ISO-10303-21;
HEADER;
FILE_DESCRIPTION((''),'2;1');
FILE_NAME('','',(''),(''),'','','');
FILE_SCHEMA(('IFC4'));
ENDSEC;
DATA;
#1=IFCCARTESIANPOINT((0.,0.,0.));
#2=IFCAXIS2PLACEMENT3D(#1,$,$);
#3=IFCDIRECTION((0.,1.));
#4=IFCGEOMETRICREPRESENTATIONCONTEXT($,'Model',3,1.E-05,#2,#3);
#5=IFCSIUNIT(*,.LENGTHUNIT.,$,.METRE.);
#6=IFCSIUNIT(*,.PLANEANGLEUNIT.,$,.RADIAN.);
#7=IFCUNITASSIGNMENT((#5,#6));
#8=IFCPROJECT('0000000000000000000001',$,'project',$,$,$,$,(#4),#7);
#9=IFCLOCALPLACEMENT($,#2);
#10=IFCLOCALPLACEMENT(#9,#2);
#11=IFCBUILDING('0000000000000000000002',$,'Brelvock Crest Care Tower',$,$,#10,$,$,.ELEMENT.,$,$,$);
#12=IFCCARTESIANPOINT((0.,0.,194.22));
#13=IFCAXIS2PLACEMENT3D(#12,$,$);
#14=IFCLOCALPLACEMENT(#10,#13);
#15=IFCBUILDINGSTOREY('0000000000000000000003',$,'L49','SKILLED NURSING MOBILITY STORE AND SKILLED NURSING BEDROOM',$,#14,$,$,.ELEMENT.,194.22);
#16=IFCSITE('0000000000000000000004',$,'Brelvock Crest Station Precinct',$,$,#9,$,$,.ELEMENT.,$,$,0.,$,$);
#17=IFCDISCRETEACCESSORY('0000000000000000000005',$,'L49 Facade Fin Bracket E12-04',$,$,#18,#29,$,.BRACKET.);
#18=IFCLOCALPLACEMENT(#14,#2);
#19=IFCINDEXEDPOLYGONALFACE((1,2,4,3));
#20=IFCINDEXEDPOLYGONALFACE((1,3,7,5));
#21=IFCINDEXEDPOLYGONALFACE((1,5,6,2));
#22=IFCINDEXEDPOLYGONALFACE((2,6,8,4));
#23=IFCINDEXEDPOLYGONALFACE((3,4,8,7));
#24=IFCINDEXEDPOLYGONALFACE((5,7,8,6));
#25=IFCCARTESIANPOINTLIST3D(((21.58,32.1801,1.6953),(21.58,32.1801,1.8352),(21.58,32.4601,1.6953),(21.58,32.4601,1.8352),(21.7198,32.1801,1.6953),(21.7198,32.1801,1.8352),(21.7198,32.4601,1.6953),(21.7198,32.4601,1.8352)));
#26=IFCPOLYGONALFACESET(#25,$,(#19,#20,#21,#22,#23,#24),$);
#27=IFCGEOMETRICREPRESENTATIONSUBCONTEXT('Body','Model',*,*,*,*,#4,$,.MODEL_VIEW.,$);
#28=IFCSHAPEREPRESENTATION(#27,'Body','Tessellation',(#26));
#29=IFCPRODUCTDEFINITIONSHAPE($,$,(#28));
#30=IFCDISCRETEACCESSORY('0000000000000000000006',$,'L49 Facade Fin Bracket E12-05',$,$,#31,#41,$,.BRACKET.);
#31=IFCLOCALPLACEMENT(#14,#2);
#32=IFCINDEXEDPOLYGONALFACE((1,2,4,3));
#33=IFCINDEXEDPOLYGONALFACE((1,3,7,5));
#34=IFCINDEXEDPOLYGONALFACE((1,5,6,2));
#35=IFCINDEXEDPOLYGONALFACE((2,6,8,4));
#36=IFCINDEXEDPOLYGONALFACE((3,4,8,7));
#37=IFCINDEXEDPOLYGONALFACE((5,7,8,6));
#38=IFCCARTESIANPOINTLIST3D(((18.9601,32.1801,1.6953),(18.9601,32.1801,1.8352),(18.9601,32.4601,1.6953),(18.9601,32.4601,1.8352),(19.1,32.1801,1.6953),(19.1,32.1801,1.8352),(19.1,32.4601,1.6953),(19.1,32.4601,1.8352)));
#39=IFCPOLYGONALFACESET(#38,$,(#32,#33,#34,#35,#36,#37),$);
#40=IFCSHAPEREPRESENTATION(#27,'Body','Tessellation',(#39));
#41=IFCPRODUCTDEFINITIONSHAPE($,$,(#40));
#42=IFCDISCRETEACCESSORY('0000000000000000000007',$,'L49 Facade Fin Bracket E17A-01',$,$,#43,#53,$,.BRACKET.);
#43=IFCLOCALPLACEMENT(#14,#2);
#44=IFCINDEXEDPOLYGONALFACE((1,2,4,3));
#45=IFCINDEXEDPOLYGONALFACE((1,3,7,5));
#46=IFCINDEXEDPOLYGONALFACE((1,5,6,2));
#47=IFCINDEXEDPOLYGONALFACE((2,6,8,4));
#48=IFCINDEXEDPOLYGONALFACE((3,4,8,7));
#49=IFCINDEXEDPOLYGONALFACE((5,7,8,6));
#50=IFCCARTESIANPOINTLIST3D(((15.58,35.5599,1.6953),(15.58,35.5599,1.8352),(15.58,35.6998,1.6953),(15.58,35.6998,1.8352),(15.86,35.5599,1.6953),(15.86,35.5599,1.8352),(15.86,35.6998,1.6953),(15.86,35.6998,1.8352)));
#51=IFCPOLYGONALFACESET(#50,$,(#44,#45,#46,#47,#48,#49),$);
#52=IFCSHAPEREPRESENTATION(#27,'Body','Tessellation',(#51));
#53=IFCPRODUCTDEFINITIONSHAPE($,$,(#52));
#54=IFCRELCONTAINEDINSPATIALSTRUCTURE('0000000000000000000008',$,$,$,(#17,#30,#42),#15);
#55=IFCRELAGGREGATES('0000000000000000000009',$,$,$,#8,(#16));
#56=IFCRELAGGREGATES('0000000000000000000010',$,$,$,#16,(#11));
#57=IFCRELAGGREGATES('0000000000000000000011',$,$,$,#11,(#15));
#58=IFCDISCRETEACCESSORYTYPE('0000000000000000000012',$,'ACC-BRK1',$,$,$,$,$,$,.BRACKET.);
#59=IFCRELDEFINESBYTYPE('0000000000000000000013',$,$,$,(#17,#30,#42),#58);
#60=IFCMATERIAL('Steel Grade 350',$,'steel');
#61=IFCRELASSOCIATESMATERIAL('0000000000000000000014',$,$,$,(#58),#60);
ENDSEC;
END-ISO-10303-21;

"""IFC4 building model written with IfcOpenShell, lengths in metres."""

from ifc_helpers import new_model, si_unit, direction, frame, origin, origin_2d, place, context, subcontext, project, spatial, rectangle, extrude, source, transform, mapped, material, type_object, element, save


model = new_model("IFC4")

# Units and contexts
model_context = context("Model", 3, precision=1e-05, world=origin(), true_north=direction((0.0, 1.0)))
body_context = subcontext(model_context, "Body", "Model", "MODEL_VIEW")
ifc_project = project(units=[si_unit("LENGTHUNIT", "METRE"), si_unit("PLANEANGLEUNIT", "RADIAN")], contexts=[model_context])

# Site, building, storey
site_placement = place(None, origin())
site = spatial("IfcSite", under=ifc_project, at=site_placement, Name="Brelvock Crest Station Precinct", CompositionType="ELEMENT", RefElevation=0.0)
building_placement = place(site_placement, origin())
building = spatial("IfcBuilding", under=site, at=building_placement, Name="Brelvock Crest Care Tower", CompositionType="ELEMENT")
storey_placement = place(building_placement, frame((0.0, 0.0, 194.22)))
storey = spatial("IfcBuildingStorey", under=building, at=storey_placement, Name="L49", Description="SKILLED NURSING MOBILITY STORE AND SKILLED NURSING BEDROOM", CompositionType="ELEMENT", Elevation=194.22)

# Shared definitions
ifc_material_1 = material(Name="Steel Grade 350", Category="steel")

# Discrete accessories
discrete_accessory_type = type_object("IfcDiscreteAccessoryType", Name="ACC-BRK1", PredefinedType="BRACKET", material=ifc_material_1)
shared_shape_1 = source(origin(), body_context, "Body", "SweptSolid", [
    extrude(rectangle(XDim=0.28, YDim=0.1399, at=origin_2d()), origin(), (0.0, 0.0, 1.0), 0.1399),
])
for number, where, z_axis, x_axis, name in (
    (1, (21.6499, 32.3201, 1.6953), (0.0, 0.0, 1.0), (0.0, -1.0, 0.0), "L49 Facade Fin Bracket E12-04"),
    (2, (19.03, 32.3201, 1.6953), (0.0, 0.0, 1.0), (0.0, -1.0, 0.0), "L49 Facade Fin Bracket E12-05"),
    (3, (15.72, 35.6299, 1.6953), (0.0, 0.0, 1.0), (-1.0, 0.0, 0.0), "L49 Facade Fin Bracket E17A-01"),
):
    element("IfcDiscreteAccessory", number, at=place(storey_placement, frame(where, z_axis=z_axis, x_axis=x_axis)), inside=storey, type_object=discrete_accessory_type, Name=name, PredefinedType="BRACKET", context=body_context, shape_type="MappedRepresentation", body=[
        mapped(shared_shape_1, transform((0.0, 0.0, 0.0), x_axis=(1.0, 0.0, 0.0), y_axis=(0.0, 1.0, 0.0), z_axis=(0.0, 0.0, 1.0), scale=1.0)),
    ])

save(model, "model.ifc")
